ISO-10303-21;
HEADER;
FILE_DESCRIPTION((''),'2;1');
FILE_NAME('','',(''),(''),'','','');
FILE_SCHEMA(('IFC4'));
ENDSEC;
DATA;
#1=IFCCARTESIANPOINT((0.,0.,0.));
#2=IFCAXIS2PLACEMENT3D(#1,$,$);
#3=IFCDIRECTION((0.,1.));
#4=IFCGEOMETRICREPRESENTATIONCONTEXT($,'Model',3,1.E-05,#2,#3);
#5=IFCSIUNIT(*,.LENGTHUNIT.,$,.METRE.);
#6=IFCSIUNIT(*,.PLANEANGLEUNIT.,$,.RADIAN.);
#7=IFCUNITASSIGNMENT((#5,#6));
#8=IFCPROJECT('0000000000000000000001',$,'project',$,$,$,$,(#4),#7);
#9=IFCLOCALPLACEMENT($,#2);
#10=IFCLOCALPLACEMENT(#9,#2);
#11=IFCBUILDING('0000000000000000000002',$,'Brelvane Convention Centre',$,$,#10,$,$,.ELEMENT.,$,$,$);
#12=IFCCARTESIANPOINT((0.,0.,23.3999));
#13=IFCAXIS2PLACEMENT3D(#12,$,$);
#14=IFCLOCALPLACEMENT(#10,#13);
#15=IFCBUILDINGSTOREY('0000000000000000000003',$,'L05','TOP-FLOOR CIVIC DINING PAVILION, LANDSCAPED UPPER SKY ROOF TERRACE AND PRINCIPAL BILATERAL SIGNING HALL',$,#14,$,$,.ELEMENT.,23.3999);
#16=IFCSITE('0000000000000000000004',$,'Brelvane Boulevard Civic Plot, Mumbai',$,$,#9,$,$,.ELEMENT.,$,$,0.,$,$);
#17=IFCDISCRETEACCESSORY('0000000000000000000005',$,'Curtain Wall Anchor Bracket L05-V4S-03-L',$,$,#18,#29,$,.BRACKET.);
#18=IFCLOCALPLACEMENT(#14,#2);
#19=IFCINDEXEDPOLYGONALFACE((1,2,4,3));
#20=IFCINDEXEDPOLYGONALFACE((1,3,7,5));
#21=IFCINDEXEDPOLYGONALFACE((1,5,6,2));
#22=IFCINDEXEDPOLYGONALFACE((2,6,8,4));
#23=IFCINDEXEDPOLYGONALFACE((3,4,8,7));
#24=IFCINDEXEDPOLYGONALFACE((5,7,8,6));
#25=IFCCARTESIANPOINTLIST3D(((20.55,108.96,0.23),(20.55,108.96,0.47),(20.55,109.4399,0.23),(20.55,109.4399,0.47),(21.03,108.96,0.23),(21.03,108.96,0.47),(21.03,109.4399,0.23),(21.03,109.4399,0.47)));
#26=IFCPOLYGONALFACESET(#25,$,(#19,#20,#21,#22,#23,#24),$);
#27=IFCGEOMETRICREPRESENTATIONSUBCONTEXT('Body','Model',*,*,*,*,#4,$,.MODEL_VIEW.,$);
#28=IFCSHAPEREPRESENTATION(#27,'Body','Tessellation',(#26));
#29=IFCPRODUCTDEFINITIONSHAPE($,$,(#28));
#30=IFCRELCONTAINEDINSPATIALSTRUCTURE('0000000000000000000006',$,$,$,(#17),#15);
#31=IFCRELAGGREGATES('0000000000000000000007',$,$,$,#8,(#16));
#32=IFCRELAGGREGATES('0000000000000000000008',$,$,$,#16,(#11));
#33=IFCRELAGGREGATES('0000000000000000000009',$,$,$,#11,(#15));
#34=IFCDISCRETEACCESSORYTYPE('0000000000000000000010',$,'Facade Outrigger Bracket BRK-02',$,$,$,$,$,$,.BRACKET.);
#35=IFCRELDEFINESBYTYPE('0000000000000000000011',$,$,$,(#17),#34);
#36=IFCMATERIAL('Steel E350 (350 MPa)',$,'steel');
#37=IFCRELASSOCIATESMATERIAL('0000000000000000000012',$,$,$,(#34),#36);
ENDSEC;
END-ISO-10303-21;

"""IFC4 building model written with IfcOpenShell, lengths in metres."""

from ifc_helpers import new_model, si_unit, direction, frame, origin, origin_2d, place, context, subcontext, project, spatial, rectangle, extrude, material, type_object, element, save


model = new_model("IFC4")

# Units and contexts
model_context = context("Model", 3, precision=1e-05, world=origin(), true_north=direction((0.0, 1.0)))
body_context = subcontext(model_context, "Body", "Model", "MODEL_VIEW")
ifc_project = project(units=[si_unit("LENGTHUNIT", "METRE"), si_unit("PLANEANGLEUNIT", "RADIAN")], contexts=[model_context])

# Site, building, storey
site_placement = place(None, origin())
site = spatial("IfcSite", under=ifc_project, at=site_placement, Name="Brelvane Boulevard Civic Plot, Mumbai", CompositionType="ELEMENT", RefElevation=0.0)
building_placement = place(site_placement, origin())
building = spatial("IfcBuilding", under=site, at=building_placement, Name="Brelvane Convention Centre", CompositionType="ELEMENT")
storey_placement = place(building_placement, frame((0.0, 0.0, 23.3999)))
storey = spatial("IfcBuildingStorey", under=building, at=storey_placement, Name="L05", Description="TOP-FLOOR CIVIC DINING PAVILION, LANDSCAPED UPPER SKY ROOF TERRACE AND PRINCIPAL BILATERAL SIGNING HALL", CompositionType="ELEMENT", Elevation=23.3999)

# Discrete accessory
ifc_material_1 = material(Name="Steel E350 (350 MPa)", Category="steel")
discrete_accessory_type = type_object("IfcDiscreteAccessoryType", Name="Facade Outrigger Bracket BRK-02", PredefinedType="BRACKET", material=ifc_material_1)
discrete_accessory_placement = place(storey_placement, frame((20.79, 109.2, 0.23), z_axis=(0.0, 0.0, 1.0), x_axis=(1.0, 0.0, 0.0)))
element("IfcDiscreteAccessory", 1, at=discrete_accessory_placement, inside=storey, type_object=discrete_accessory_type, Name="Curtain Wall Anchor Bracket L05-V4S-03-L", PredefinedType="BRACKET", context=body_context, shape_type="SweptSolid", body=[
    extrude(rectangle(XDim=0.48, YDim=0.48, at=origin_2d()), origin(), (0.0, 0.0, 1.0), 0.24),
])

save(model, "model.ifc")
